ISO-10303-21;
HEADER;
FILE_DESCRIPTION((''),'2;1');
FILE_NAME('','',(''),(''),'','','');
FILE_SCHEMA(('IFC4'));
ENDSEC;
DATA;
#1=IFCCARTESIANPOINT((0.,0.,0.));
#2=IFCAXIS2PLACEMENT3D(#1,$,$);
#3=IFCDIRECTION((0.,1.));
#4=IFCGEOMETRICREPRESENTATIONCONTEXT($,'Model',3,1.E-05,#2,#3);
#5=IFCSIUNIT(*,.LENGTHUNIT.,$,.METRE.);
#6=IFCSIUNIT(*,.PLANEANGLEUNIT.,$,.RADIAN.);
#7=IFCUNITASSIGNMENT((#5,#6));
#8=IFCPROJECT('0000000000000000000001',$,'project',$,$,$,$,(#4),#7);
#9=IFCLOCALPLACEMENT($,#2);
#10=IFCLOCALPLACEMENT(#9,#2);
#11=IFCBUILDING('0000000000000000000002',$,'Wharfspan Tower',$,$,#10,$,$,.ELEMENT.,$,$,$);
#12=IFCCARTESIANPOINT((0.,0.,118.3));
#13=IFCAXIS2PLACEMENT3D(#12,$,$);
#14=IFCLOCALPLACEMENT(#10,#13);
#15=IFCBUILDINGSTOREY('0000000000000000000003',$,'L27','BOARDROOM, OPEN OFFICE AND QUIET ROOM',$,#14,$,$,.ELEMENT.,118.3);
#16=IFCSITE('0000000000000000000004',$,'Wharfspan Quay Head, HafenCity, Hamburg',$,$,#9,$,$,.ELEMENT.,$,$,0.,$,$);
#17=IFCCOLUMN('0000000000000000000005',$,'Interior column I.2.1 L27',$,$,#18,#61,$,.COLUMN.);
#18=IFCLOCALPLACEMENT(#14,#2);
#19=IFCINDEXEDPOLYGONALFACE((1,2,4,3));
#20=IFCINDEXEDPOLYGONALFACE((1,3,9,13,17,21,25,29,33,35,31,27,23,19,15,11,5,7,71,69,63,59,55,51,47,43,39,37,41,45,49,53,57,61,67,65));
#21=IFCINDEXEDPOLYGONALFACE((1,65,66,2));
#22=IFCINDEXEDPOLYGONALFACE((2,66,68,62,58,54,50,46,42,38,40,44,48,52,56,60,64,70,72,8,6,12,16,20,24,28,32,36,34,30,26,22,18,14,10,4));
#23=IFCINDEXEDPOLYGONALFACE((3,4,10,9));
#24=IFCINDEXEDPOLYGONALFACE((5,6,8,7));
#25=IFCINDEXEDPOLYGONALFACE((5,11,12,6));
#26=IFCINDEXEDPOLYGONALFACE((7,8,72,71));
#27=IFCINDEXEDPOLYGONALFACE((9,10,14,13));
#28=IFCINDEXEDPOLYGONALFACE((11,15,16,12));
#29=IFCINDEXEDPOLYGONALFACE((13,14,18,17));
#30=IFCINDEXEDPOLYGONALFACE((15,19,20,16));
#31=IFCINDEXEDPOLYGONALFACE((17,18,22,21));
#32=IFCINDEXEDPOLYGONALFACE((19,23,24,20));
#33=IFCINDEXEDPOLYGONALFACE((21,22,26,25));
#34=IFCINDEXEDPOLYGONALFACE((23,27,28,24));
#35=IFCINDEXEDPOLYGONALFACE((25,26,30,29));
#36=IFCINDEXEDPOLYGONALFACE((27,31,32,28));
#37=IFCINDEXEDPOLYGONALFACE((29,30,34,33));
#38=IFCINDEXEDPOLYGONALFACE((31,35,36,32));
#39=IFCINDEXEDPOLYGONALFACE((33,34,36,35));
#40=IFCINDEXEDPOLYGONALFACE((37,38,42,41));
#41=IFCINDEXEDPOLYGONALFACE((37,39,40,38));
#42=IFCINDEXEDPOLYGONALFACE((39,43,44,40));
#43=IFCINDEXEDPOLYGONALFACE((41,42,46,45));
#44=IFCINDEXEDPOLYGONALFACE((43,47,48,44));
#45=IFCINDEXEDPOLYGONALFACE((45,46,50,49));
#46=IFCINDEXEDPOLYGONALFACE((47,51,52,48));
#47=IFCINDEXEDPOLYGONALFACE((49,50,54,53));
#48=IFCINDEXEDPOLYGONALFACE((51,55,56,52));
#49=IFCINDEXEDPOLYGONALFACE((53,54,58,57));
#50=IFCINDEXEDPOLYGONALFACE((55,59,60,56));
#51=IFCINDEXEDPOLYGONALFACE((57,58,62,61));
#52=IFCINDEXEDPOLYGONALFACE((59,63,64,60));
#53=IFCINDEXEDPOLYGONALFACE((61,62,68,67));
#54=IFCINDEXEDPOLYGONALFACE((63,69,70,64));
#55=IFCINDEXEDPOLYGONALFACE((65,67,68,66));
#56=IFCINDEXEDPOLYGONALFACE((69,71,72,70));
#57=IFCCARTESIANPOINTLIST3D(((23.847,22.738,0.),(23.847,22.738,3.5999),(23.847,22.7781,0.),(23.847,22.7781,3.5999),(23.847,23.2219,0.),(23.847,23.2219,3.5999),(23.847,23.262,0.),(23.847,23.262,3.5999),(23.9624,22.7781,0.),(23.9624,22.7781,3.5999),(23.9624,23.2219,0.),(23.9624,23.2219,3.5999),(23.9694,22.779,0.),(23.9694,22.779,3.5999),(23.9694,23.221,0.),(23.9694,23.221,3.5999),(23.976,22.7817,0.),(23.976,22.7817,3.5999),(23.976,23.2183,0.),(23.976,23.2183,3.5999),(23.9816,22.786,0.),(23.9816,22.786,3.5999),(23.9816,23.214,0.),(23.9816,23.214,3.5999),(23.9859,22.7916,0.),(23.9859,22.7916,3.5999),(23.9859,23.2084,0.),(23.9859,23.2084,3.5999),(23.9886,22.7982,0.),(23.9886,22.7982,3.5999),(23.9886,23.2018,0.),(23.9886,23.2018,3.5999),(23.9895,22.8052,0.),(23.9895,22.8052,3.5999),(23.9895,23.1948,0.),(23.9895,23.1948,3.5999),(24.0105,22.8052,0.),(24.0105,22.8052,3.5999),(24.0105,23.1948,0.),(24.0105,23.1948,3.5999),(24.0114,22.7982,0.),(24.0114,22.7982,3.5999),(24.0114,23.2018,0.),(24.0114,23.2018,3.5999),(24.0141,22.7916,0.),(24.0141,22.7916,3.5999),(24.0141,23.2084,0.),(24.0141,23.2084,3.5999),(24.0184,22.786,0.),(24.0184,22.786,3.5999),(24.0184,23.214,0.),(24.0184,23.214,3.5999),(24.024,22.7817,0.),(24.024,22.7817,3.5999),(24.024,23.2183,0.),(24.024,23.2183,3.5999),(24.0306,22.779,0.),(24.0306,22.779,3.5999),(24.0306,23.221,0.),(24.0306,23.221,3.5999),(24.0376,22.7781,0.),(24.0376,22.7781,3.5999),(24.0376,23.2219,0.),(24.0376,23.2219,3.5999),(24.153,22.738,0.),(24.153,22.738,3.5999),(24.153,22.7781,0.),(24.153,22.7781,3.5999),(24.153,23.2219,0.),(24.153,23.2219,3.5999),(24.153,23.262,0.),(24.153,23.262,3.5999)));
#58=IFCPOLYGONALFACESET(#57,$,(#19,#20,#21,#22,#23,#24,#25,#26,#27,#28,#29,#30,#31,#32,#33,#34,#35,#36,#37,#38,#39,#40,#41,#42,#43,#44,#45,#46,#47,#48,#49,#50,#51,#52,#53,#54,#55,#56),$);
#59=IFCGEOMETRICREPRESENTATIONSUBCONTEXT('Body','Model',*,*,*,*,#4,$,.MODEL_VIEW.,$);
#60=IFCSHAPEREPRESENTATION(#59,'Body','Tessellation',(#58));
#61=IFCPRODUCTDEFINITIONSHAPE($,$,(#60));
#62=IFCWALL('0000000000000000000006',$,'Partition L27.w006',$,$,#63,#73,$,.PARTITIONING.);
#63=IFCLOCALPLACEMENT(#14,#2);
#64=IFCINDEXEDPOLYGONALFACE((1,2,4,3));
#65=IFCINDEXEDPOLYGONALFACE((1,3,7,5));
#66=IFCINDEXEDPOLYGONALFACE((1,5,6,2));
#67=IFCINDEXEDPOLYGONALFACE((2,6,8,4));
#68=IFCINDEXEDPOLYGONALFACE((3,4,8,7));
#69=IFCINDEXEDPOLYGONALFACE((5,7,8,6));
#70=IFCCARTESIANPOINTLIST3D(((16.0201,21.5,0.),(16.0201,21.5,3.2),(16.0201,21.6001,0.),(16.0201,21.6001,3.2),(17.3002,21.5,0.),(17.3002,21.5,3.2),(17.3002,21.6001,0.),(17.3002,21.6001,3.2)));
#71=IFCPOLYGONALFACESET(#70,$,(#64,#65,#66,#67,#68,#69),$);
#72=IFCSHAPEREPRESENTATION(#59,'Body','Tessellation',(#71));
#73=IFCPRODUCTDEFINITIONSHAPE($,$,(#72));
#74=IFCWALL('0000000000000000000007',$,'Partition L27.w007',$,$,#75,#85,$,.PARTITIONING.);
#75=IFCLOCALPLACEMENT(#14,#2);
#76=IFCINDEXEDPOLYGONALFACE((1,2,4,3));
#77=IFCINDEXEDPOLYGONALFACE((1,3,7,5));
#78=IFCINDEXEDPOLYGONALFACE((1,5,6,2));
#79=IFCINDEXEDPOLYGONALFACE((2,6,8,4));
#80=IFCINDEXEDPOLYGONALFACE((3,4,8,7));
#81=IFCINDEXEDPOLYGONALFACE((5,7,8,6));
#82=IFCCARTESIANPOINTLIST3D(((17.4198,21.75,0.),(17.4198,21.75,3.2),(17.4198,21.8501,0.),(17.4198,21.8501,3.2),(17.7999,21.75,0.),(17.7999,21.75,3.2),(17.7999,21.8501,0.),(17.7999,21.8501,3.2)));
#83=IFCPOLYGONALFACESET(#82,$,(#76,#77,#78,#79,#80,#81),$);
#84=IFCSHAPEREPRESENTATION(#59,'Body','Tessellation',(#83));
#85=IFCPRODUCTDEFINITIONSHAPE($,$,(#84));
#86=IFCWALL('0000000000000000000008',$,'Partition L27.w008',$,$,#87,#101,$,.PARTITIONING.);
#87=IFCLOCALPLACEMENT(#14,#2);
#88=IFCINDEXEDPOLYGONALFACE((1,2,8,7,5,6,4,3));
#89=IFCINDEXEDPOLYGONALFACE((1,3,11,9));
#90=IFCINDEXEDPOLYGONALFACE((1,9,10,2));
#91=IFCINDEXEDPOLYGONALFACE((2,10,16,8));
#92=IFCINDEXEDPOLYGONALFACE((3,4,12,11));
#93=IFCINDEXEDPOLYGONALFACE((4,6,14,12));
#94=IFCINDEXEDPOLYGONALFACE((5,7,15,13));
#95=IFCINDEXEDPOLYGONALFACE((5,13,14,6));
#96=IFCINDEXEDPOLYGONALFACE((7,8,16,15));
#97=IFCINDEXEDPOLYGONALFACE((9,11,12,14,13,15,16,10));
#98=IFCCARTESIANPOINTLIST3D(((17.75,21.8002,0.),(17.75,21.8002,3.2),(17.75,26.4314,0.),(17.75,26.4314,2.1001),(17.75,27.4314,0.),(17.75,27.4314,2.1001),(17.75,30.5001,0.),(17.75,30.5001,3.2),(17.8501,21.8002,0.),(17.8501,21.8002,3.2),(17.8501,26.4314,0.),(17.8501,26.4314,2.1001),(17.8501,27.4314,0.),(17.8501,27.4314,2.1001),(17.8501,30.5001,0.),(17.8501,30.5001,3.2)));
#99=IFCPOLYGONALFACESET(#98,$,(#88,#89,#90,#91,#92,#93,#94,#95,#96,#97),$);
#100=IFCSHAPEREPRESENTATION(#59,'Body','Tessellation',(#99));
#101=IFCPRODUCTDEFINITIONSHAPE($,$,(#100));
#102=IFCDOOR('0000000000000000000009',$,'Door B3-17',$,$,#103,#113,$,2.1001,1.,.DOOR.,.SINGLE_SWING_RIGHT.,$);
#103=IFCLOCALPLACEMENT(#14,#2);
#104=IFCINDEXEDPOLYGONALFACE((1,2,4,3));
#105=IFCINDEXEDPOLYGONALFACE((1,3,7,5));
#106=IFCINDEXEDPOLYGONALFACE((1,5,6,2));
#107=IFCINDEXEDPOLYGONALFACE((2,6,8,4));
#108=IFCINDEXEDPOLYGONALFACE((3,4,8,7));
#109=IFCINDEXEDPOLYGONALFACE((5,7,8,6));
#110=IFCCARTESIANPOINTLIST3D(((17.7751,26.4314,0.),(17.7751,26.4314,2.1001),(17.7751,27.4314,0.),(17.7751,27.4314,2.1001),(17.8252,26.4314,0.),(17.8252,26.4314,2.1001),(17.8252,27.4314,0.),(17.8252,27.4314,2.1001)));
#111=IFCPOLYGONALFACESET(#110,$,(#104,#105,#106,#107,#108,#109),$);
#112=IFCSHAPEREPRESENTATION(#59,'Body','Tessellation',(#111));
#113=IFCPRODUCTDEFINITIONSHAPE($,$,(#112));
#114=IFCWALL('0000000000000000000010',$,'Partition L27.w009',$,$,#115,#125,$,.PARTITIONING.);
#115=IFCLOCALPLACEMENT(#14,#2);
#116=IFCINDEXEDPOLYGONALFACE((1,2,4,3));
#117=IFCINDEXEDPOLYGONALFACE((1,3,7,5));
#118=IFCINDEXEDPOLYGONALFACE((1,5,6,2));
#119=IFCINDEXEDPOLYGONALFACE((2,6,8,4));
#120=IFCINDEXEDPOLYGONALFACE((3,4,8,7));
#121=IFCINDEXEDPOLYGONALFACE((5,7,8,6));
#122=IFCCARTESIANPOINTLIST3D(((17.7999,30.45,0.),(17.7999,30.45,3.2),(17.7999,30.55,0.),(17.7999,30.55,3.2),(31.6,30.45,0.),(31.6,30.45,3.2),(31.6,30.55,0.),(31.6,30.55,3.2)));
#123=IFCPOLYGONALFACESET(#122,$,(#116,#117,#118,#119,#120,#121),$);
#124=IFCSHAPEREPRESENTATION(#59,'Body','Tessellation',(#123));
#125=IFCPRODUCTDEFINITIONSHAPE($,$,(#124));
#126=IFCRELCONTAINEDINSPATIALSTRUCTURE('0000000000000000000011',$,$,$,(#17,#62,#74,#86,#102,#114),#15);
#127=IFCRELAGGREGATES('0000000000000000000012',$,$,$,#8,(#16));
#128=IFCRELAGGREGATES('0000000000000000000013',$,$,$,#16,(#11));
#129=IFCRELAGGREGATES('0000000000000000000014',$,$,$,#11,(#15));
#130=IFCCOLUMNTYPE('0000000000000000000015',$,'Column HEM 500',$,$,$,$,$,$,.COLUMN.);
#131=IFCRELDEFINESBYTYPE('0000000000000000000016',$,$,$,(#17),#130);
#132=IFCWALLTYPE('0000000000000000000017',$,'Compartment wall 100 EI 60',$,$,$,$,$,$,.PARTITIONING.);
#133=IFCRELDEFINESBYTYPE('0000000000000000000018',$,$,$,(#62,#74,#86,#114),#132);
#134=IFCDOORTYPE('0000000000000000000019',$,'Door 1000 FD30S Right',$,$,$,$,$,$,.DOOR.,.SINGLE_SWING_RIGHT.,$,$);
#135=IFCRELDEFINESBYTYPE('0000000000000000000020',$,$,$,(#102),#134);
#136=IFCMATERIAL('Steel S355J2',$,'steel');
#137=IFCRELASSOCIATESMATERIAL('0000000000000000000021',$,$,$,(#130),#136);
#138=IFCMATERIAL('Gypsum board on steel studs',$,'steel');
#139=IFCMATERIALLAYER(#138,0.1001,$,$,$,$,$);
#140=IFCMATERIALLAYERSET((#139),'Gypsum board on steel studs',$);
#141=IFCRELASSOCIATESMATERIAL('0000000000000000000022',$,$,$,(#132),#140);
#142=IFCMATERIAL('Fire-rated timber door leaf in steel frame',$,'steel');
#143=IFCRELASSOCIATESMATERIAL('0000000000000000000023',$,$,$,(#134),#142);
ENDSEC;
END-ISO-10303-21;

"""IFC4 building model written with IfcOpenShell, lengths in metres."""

from ifc_helpers import new_model, si_unit, direction, frame, frame_2d, origin, origin_2d, place, context, subcontext, project, spatial, rectangle, i_section, extrude, material, layer, layer_set, material_profile, profile_set, type_object, element, fill, save


model = new_model("IFC4")

# Units and contexts
model_context = context("Model", 3, precision=1e-05, world=origin(), true_north=direction((0.0, 1.0)))
body_context = subcontext(model_context, "Body", "Model", "MODEL_VIEW")
ifc_project = project(units=[si_unit("LENGTHUNIT", "METRE"), si_unit("PLANEANGLEUNIT", "RADIAN")], contexts=[model_context])

# Site, building, storey
site_placement = place(None, origin())
site = spatial("IfcSite", under=ifc_project, at=site_placement, Name="Wharfspan Quay Head, HafenCity, Hamburg", CompositionType="ELEMENT", RefElevation=0.0)
building_placement = place(site_placement, origin())
building = spatial("IfcBuilding", under=site, at=building_placement, Name="Wharfspan Tower", CompositionType="ELEMENT")
storey_placement = place(building_placement, frame((0.0, 0.0, 118.3)))
storey = spatial("IfcBuildingStorey", under=building, at=storey_placement, Name="L27", Description="BOARDROOM, OPEN OFFICE AND QUIET ROOM", CompositionType="ELEMENT", Elevation=118.3)

# Column
ifc_material_1 = material(Name="Steel S355J2", Category="steel")
ifc_material_profile = material_profile(ifc_material_1, i_section(OverallWidth=0.3059, OverallDepth=0.5239, WebThickness=0.021, FlangeThickness=0.04, FilletRadius=0.0271, at=origin_2d()))
ifc_profile_set = profile_set([ifc_material_profile], Name="Steel S355J2")
column_type = type_object("IfcColumnType", Name="Column HEM 500", PredefinedType="COLUMN", material=ifc_profile_set)
column_placement = place(storey_placement, frame((24.0, 23.0, 0.0), z_axis=(0.0, 0.0, 1.0), x_axis=(1.0, 0.0, 0.0)))
element("IfcColumn", 1, at=column_placement, inside=storey, type_object=column_type, Name="Interior column I.2.1 L27", PredefinedType="COLUMN", context=body_context, shape_type="SweptSolid", body=[
    extrude(i_section(OverallWidth=0.3059, OverallDepth=0.5239, WebThickness=0.021, FlangeThickness=0.04, FilletRadius=0.0271, at=origin_2d()), origin(), (0.0, 0.0, 1.0), 3.5999),
])

# Walls
ifc_material_2 = material(Name="Gypsum board on steel studs", Category="steel")
ifc_layer_1 = layer(ifc_material_2, 0.1001)
ifc_layer_set_1 = layer_set([ifc_layer_1], Name="Gypsum board on steel studs")
wall_type_1 = type_object("IfcWallType", Name="Compartment wall 100 EI 60", PredefinedType="PARTITIONING", material=ifc_layer_set_1)
wall_1_placement = place(storey_placement, frame((16.02, 21.55, 0.0), z_axis=(0.0, 0.0, 1.0), x_axis=(1.0, 0.0, 0.0)))
element("IfcWall", 2, at=wall_1_placement, inside=storey, type_object=wall_type_1, Name="Partition L27.w006", PredefinedType="PARTITIONING", context=body_context, shape_type="SweptSolid", body=[
    extrude(rectangle(XDim=1.28, YDim=0.1001, at=frame_2d((0.6401, 0.0))), origin(), (0.0, 0.0, 1.0), 3.2),
])
wall_2_placement = place(storey_placement, frame((17.4199, 21.8, 0.0), z_axis=(0.0, 0.0, 1.0), x_axis=(1.0, 0.0, 0.0)))
element("IfcWall", 3, at=wall_2_placement, inside=storey, type_object=wall_type_1, Name="Partition L27.w007", PredefinedType="PARTITIONING", context=body_context, shape_type="SweptSolid", body=[
    extrude(rectangle(XDim=0.3801, YDim=0.1001, at=frame_2d((0.1899, 0.0))), origin(), (0.0, 0.0, 1.0), 3.2),
])

# Wall, opening, door
wall_3_placement = place(storey_placement, frame((17.8, 21.8, 0.0), z_axis=(0.0, 0.0, 1.0), x_axis=(0.0, 1.0, 0.0)))
wall_3 = element("IfcWall", 4, at=wall_3_placement, inside=storey, type_object=wall_type_1, Name="Partition L27.w008", PredefinedType="PARTITIONING", context=body_context, shape_type="SweptSolid", body=[
    extrude(rectangle(XDim=8.7, YDim=0.1001, at=frame_2d((4.3501, 0.0))), origin(), (0.0, 0.0, 1.0), 3.2),
])
opening_1_placement = place(wall_3_placement, frame((4.6313, 0.0, 0.0)))
opening_1 = element("IfcOpeningElement", 5, at=opening_1_placement, cuts=wall_3, PredefinedType="OPENING", context=body_context, shape_type="SweptSolid", body=[
    extrude(rectangle(XDim=1.0, YDim=2.1001, at=frame_2d((0.5, 1.05))), frame((0.0, 0.0601, 0.0), z_axis=(0.0, -1.0, 0.0), x_axis=(1.0, 0.0, 0.0)), (0.0, 0.0, 1.0), 0.1201),
])
ifc_material_3 = material(Name="Fire-rated timber door leaf in steel frame", Category="steel")
door_type_1 = type_object("IfcDoorType", Name="Door 1000 FD30S Right", OperationType="SINGLE_SWING_RIGHT", PredefinedType="DOOR", material=ifc_material_3)
door_1_placement = place(opening_1_placement, origin())
door_1 = element("IfcDoor", 6, at=door_1_placement, inside=storey, type_object=door_type_1, Name="Door B3-17", OperationType="SINGLE_SWING_RIGHT", OverallHeight=2.1001, OverallWidth=1.0, PredefinedType="DOOR", context=body_context, shape_type="SweptSolid", body=[
    extrude(rectangle(XDim=1.0, YDim=2.1001, at=frame_2d((0.5, 1.05))), frame((0.0, 0.0249, 0.0), z_axis=(0.0, -1.0, 0.0), x_axis=(1.0, 0.0, 0.0)), (0.0, 0.0, 1.0), 0.05),
])
fill(opening_1, door_1)

# Wall
wall_4_placement = place(storey_placement, frame((17.8, 30.5, 0.0), z_axis=(0.0, 0.0, 1.0), x_axis=(1.0, 0.0, 0.0)))
element("IfcWall", 7, at=wall_4_placement, inside=storey, type_object=wall_type_1, Name="Partition L27.w009", PredefinedType="PARTITIONING", context=body_context, shape_type="SweptSolid", body=[
    extrude(rectangle(XDim=13.8, YDim=0.1001, at=frame_2d((6.8999, 0.0))), origin(), (0.0, 0.0, 1.0), 3.2),
])

save(model, "model.ifc")
